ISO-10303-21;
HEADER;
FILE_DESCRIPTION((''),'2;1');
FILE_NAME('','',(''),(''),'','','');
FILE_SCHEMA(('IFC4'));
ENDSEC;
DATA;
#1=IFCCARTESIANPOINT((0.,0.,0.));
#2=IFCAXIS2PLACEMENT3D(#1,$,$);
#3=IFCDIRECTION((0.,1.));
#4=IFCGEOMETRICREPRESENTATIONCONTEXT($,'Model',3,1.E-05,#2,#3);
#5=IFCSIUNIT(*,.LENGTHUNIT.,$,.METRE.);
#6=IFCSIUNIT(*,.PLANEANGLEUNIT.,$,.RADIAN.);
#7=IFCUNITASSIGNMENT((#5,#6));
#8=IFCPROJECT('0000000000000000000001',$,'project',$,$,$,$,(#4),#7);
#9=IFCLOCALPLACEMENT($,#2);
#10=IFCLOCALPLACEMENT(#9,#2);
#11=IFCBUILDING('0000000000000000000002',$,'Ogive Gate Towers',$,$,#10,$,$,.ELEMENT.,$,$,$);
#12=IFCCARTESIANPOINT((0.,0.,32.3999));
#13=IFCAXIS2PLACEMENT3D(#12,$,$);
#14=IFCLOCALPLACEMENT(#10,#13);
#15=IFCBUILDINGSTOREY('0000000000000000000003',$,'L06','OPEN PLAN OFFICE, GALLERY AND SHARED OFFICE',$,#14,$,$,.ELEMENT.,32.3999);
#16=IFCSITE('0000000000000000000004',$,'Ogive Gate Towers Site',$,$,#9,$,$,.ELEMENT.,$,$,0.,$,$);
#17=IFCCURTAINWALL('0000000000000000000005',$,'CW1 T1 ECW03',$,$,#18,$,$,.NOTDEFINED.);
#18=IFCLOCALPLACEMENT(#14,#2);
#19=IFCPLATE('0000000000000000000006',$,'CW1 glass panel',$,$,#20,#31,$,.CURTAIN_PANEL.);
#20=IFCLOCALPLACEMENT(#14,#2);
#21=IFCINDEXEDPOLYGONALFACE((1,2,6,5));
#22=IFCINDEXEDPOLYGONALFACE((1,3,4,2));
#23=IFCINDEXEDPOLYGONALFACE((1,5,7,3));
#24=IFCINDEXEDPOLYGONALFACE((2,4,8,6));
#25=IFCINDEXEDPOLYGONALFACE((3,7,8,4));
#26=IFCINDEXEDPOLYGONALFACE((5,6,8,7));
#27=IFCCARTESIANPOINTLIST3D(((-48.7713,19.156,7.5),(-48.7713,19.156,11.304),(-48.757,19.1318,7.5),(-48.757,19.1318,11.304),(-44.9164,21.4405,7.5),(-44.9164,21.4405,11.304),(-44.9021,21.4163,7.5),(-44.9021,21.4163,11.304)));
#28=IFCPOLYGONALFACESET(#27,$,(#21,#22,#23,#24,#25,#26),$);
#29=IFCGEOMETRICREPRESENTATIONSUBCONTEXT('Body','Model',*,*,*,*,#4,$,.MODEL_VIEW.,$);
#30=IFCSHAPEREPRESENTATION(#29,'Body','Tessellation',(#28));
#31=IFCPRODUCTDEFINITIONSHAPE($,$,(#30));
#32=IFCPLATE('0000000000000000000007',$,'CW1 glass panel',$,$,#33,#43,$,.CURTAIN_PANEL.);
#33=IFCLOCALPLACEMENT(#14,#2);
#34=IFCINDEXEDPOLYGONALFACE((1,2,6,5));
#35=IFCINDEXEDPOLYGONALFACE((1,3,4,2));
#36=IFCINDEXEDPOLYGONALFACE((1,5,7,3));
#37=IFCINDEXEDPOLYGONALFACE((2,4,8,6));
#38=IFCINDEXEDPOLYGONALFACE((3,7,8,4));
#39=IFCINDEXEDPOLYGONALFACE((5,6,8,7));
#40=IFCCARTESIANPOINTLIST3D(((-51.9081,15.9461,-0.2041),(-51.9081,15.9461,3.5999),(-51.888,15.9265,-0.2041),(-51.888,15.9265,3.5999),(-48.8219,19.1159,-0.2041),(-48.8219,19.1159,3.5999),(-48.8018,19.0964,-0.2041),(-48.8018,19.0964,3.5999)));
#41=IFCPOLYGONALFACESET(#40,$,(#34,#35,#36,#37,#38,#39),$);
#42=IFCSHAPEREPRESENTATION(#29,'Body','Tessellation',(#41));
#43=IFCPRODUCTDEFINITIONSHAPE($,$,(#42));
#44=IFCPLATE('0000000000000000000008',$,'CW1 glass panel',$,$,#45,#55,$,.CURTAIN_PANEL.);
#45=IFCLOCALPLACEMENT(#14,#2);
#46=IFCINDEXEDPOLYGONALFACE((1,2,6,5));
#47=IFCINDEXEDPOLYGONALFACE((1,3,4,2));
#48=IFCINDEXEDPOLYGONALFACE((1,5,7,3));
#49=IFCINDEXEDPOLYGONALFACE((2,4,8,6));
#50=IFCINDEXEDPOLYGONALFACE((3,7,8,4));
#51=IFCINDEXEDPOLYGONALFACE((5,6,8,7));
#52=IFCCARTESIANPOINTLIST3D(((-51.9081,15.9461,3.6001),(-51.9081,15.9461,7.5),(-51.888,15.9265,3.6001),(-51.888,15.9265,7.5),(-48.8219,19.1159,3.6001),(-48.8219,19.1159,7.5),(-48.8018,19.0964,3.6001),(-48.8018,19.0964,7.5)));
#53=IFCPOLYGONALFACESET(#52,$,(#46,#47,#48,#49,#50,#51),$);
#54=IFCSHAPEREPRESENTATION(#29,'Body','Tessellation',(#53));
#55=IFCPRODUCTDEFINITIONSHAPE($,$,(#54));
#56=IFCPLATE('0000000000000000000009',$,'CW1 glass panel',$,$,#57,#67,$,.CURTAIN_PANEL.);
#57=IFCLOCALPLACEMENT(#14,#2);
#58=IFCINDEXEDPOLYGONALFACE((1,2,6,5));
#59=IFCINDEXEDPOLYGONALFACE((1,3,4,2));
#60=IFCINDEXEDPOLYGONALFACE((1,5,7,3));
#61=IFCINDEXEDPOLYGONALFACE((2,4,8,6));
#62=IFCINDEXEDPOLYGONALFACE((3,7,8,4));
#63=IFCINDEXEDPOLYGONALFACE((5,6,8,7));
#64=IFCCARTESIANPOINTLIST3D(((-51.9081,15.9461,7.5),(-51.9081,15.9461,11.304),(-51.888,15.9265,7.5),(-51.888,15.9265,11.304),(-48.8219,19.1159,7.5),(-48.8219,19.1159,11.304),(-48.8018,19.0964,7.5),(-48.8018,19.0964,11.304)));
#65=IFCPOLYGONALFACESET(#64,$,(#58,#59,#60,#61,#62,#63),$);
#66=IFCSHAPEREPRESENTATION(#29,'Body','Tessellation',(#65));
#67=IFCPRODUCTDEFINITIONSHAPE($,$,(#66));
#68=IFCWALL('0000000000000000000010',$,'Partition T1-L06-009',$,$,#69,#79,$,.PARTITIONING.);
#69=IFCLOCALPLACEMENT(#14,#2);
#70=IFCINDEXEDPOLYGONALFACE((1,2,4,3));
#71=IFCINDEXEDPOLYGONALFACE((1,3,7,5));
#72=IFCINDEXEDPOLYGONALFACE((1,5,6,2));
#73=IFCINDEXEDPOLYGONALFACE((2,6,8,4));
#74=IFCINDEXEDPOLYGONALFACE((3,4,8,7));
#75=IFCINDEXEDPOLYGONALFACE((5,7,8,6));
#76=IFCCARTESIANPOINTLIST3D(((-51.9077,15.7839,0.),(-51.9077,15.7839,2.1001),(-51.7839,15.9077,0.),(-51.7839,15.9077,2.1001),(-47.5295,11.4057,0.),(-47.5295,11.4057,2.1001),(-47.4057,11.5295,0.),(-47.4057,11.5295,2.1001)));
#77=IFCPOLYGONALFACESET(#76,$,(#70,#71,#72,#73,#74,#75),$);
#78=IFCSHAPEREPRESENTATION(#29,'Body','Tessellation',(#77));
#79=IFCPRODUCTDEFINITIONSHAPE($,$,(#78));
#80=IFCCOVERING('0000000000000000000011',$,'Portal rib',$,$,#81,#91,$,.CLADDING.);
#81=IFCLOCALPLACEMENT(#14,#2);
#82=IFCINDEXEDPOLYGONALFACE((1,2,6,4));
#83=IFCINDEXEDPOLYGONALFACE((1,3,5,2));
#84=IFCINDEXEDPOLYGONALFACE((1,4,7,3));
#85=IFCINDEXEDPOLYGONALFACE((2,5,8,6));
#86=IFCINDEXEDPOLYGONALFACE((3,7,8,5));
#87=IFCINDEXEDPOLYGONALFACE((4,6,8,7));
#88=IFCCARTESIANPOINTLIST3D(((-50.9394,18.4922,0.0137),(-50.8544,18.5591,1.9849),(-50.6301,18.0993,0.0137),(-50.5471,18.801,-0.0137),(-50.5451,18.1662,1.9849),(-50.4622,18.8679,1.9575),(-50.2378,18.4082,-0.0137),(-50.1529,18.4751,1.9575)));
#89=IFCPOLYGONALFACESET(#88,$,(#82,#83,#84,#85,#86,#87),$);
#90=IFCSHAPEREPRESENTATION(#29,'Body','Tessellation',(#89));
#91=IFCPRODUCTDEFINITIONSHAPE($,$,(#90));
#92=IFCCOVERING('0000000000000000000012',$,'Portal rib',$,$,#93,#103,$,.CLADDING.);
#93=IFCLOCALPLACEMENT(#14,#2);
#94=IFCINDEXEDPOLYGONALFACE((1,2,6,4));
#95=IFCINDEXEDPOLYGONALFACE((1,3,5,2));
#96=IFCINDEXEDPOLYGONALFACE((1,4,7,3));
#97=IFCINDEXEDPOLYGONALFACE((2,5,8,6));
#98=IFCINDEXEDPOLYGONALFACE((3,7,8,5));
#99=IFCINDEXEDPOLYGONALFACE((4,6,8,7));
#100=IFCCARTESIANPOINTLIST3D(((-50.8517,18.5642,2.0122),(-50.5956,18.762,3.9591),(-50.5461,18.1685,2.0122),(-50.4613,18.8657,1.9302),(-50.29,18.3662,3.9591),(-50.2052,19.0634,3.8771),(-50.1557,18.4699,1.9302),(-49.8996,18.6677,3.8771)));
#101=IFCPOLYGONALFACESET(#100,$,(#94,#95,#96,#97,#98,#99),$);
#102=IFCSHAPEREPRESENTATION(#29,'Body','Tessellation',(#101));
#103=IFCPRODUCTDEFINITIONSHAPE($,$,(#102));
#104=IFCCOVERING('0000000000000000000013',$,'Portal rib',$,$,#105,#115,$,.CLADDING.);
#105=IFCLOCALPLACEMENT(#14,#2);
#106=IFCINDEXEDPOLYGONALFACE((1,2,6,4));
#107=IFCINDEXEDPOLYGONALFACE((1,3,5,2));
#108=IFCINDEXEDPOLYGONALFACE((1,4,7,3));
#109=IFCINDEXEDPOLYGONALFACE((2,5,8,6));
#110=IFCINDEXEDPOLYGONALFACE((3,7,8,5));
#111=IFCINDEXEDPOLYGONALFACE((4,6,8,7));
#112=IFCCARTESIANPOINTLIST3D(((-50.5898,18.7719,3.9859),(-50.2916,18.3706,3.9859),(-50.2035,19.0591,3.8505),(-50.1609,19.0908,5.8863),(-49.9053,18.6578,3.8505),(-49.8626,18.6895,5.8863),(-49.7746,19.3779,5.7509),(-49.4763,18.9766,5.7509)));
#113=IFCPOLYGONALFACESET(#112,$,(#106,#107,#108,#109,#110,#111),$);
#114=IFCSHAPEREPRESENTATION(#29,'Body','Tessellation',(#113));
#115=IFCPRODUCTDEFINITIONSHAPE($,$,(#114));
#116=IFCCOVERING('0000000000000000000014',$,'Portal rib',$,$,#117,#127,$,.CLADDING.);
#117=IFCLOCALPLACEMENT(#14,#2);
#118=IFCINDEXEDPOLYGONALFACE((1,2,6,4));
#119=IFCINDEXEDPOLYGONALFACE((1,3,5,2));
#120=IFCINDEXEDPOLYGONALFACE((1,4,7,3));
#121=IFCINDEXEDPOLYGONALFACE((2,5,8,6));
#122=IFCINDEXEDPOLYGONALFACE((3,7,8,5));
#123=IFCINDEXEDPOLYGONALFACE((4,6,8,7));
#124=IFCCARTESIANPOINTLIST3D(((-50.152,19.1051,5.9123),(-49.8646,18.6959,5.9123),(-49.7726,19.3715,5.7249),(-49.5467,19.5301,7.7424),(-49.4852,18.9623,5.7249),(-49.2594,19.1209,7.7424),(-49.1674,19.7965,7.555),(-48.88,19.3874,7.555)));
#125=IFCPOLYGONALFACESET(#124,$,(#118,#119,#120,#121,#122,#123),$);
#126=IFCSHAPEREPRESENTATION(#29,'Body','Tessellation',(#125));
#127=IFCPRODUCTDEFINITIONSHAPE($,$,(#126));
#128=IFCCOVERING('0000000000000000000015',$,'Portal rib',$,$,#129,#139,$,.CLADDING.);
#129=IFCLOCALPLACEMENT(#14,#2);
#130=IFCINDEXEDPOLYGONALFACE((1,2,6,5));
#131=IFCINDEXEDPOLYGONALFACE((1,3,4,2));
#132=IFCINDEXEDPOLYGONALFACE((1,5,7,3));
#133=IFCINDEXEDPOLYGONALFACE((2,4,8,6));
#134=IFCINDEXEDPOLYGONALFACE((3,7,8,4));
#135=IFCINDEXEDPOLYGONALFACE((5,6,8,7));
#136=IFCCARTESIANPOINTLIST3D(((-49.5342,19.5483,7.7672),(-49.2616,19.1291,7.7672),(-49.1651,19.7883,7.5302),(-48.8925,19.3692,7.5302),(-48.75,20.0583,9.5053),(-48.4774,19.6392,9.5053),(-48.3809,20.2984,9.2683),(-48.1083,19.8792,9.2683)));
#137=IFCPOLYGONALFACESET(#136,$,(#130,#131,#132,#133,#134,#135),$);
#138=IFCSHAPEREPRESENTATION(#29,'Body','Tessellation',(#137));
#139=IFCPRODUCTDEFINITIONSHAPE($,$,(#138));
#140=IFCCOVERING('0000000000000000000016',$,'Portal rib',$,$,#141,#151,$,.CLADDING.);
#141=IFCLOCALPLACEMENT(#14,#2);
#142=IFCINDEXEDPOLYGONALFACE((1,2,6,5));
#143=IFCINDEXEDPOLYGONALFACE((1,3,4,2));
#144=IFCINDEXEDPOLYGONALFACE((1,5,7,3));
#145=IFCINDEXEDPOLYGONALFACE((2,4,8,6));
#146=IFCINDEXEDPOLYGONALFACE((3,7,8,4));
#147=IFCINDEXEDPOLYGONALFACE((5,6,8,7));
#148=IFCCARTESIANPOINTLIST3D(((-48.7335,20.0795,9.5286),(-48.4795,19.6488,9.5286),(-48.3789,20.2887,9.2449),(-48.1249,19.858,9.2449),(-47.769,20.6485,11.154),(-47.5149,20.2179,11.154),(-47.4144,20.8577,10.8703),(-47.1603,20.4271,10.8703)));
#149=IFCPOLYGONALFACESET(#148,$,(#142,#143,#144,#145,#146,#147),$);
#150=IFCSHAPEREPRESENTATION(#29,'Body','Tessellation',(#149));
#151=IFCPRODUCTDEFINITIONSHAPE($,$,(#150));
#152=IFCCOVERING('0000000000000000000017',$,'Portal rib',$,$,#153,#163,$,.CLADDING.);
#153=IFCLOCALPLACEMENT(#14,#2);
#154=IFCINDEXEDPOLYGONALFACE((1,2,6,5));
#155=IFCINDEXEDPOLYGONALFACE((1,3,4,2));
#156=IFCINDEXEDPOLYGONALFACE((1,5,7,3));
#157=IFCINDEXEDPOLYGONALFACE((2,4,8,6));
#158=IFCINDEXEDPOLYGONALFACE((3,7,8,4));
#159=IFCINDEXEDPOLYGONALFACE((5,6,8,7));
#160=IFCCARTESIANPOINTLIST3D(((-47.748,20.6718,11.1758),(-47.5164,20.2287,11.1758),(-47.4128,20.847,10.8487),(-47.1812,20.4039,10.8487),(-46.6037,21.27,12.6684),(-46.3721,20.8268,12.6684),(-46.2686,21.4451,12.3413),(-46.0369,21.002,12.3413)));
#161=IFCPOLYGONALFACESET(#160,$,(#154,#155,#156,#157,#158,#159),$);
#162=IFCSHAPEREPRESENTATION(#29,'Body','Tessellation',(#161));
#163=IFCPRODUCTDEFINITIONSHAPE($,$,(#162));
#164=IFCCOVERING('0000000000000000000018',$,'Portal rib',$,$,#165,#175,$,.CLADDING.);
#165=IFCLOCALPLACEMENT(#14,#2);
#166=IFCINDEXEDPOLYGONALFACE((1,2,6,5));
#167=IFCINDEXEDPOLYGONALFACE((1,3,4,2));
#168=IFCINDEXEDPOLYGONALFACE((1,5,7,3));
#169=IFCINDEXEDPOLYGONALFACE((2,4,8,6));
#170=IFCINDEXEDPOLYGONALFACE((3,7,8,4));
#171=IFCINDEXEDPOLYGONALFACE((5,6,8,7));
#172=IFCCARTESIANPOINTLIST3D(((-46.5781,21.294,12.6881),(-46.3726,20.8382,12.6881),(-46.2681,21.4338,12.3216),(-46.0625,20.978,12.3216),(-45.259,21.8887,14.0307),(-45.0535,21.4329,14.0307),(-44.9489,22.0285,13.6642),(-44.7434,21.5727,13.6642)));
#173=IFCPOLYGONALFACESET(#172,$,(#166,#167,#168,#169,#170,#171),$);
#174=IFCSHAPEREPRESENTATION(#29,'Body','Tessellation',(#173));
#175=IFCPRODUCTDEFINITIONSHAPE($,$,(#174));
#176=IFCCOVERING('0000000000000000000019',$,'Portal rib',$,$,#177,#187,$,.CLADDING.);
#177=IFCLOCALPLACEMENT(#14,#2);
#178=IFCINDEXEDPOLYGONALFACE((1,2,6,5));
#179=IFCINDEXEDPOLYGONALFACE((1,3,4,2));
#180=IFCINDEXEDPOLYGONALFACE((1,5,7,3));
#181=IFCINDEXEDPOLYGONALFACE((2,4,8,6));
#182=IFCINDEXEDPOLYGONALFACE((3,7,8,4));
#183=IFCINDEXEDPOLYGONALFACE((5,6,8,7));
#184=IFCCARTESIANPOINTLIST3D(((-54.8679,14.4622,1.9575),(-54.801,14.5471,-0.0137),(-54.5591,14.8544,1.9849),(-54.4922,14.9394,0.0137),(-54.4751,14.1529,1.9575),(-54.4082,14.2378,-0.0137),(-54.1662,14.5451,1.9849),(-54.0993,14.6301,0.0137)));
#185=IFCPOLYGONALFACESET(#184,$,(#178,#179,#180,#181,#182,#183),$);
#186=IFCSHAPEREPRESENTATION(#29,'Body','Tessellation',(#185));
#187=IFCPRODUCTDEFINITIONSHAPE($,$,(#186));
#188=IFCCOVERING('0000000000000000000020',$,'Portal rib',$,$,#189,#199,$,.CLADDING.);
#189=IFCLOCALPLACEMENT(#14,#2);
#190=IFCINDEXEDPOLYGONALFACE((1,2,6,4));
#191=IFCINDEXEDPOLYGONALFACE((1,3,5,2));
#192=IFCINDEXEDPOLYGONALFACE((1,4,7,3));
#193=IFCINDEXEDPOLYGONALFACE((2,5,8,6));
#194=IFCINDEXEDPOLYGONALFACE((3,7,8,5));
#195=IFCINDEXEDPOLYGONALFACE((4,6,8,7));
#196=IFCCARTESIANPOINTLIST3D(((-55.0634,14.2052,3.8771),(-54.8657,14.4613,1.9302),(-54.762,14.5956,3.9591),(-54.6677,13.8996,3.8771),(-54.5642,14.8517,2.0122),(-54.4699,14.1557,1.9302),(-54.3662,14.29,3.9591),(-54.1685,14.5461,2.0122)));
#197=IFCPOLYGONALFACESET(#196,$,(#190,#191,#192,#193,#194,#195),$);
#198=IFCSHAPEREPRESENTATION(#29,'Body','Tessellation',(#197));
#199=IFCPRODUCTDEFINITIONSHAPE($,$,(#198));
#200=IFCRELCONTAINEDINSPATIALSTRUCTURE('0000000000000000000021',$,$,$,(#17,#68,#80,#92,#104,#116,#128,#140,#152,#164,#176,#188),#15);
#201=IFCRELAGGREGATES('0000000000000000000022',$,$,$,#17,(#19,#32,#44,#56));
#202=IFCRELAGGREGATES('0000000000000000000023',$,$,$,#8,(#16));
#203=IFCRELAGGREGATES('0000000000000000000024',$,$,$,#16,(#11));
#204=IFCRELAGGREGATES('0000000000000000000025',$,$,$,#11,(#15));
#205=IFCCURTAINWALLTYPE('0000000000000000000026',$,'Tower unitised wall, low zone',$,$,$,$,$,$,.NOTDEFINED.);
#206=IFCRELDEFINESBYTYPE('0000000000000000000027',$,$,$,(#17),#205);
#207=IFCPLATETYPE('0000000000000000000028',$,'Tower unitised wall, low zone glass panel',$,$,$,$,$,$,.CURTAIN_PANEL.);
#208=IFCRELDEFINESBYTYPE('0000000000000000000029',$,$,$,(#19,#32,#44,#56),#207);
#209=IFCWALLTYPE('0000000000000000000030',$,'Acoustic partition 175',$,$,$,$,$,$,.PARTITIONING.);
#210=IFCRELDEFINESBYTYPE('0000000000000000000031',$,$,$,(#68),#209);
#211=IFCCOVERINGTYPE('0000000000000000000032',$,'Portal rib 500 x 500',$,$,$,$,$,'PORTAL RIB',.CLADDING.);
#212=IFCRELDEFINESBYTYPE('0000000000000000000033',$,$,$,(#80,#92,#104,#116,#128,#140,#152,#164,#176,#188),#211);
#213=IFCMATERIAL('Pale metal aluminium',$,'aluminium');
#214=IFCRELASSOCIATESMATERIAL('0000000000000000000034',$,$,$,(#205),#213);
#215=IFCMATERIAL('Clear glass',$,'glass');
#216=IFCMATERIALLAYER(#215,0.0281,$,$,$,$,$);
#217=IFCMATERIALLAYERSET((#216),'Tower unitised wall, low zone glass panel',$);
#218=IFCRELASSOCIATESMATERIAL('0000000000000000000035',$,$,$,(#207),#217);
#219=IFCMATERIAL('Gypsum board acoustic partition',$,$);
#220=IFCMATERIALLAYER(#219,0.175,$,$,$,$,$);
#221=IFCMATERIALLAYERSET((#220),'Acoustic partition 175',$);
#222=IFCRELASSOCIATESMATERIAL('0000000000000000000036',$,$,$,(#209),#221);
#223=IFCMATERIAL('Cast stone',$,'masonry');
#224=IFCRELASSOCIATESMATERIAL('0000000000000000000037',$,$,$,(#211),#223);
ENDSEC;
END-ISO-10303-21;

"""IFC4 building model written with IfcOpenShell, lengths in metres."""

from ifc_helpers import new_model, si_unit, direction, frame, frame_2d, origin, origin_2d, place, context, subcontext, project, spatial, rectangle, extrude, material, layer, layer_set, material_profile, profile_set, type_object, element, aggregate, save


model = new_model("IFC4")

# Units and contexts
model_context = context("Model", 3, precision=1e-05, world=origin(), true_north=direction((0.0, 1.0)))
body_context = subcontext(model_context, "Body", "Model", "MODEL_VIEW")
ifc_project = project(units=[si_unit("LENGTHUNIT", "METRE"), si_unit("PLANEANGLEUNIT", "RADIAN")], contexts=[model_context])

# Site, building, storey
site_placement = place(None, origin())
site = spatial("IfcSite", under=ifc_project, at=site_placement, Name="Ogive Gate Towers Site", CompositionType="ELEMENT", RefElevation=0.0)
building_placement = place(site_placement, origin())
building = spatial("IfcBuilding", under=site, at=building_placement, Name="Ogive Gate Towers", CompositionType="ELEMENT")
storey_placement = place(building_placement, frame((0.0, 0.0, 32.3999)))
storey = spatial("IfcBuildingStorey", under=building, at=storey_placement, Name="L06", Description="OPEN PLAN OFFICE, GALLERY AND SHARED OFFICE", CompositionType="ELEMENT", Elevation=32.3999)

# Curtain wall
ifc_material_1 = material(Name="Pale metal aluminium", Category="aluminium")
curtain_wall_type = type_object("IfcCurtainWallType", Name="Tower unitised wall, low zone", PredefinedType="NOTDEFINED", material=ifc_material_1)
curtain_wall_1_placement = place(storey_placement, origin())
curtain_wall_1 = element("IfcCurtainWall", 1, at=curtain_wall_1_placement, inside=storey, type_object=curtain_wall_type, Name="CW1 T1 ECW03", PredefinedType="NOTDEFINED")

# Plates
ifc_material_2 = material(Name="Clear glass", Category="glass")
ifc_layer_1 = layer(ifc_material_2, 0.0281)
ifc_layer_set_1 = layer_set([ifc_layer_1], Name="Tower unitised wall, low zone glass panel")
plate_type = type_object("IfcPlateType", Name="Tower unitised wall, low zone glass panel", PredefinedType="CURTAIN_PANEL", material=ifc_layer_set_1)
plate_1_placement = place(storey_placement, frame((-46.8367, 20.2861, 7.5), z_axis=(0.0, 0.0, 1.0), x_axis=(-0.86028, -0.509822, 0.0)))
plate_1 = element("IfcPlate", 2, at=plate_1_placement, type_object=plate_type, Name="CW1 glass panel", PredefinedType="CURTAIN_PANEL", context=body_context, shape_type="SweptSolid", body=[
    extrude(rectangle(XDim=4.481, YDim=0.0281, at=origin_2d()), origin(), (0.0, 0.0, 1.0), 3.804),
])
plate_2_placement = place(storey_placement, frame((-50.355, 17.5212, -0.2041), z_axis=(0.0, 0.0, 1.0), x_axis=(-0.69759, -0.716497, 0.0)))
plate_2 = element("IfcPlate", 3, at=plate_2_placement, type_object=plate_type, Name="CW1 glass panel", PredefinedType="CURTAIN_PANEL", context=body_context, shape_type="SweptSolid", body=[
    extrude(rectangle(XDim=4.4241, YDim=0.0281, at=origin_2d()), origin(), (0.0, 0.0, 1.0), 3.804),
])
plate_3_placement = place(storey_placement, frame((-50.355, 17.5212, 3.6001), z_axis=(0.0, 0.0, 1.0), x_axis=(-0.69759, -0.716497, 0.0)))
plate_3 = element("IfcPlate", 4, at=plate_3_placement, type_object=plate_type, Name="CW1 glass panel", PredefinedType="CURTAIN_PANEL", context=body_context, shape_type="SweptSolid", body=[
    extrude(rectangle(XDim=4.4241, YDim=0.0281, at=origin_2d()), origin(), (0.0, 0.0, 1.0), 3.8999),
])
plate_4_placement = place(storey_placement, frame((-50.355, 17.5212, 7.5), z_axis=(0.0, 0.0, 1.0), x_axis=(-0.69759, -0.716497, 0.0)))
plate_4 = element("IfcPlate", 5, at=plate_4_placement, type_object=plate_type, Name="CW1 glass panel", PredefinedType="CURTAIN_PANEL", context=body_context, shape_type="SweptSolid", body=[
    extrude(rectangle(XDim=4.4241, YDim=0.0281, at=origin_2d()), origin(), (0.0, 0.0, 1.0), 3.804),
])
aggregate(curtain_wall_1, [plate_1, plate_2, plate_3, plate_4])

# Wall
ifc_material_3 = material(Name="Gypsum board acoustic partition")
ifc_layer_2 = layer(ifc_material_3, 0.175)
ifc_layer_set_2 = layer_set([ifc_layer_2], Name="Acoustic partition 175")
wall_type = type_object("IfcWallType", Name="Acoustic partition 175", PredefinedType="PARTITIONING", material=ifc_layer_set_2)
wall_placement = place(storey_placement, frame((-51.8457, 15.8457, 0.0), z_axis=(0.0, 0.0, 1.0), x_axis=(0.707107, -0.707107, 0.0)))
element("IfcWall", 6, at=wall_placement, inside=storey, type_object=wall_type, Name="Partition T1-L06-009", PredefinedType="PARTITIONING", context=body_context, shape_type="SweptSolid", body=[
    extrude(rectangle(XDim=6.1917, YDim=0.175, at=frame_2d((3.0957, 0.0))), origin(), (0.0, 0.0, 1.0), 2.1001),
])

# Coverings
ifc_material_4 = material(Name="Cast stone", Category="masonry")
ifc_material_profile_1 = material_profile(ifc_material_4, rectangle(XDim=0.5, YDim=0.5, at=origin_2d()), Name="500 x 500 cast stone")
ifc_profile_set_1 = profile_set([ifc_material_profile_1], Name="Cast stone")
covering_type = type_object("IfcCoveringType", Name="Portal rib 500 x 500", ElementType="PORTAL RIB", PredefinedType="CLADDING", material=ifc_profile_set_1)
covering_1_placement = place(storey_placement, frame((-50.5886, 18.4502, 0.0), z_axis=(0.043037, 0.033885, 0.998499), x_axis=(-0.618619, 0.785691, 0.0)))
element("IfcCovering", 7, at=covering_1_placement, inside=storey, type_object=covering_type, Name="Portal rib", PredefinedType="CLADDING", context=body_context, shape_type="SweptSolid", body=[
    extrude(rectangle(XDim=0.5, YDim=0.5, at=origin_2d()), origin(), (0.0, 0.0, 1.0), 1.9741),
])
covering_2_placement = place(storey_placement, frame((-50.5037, 18.5171, 1.9712), z_axis=(0.129756, 0.100193, 0.986471), x_axis=(-0.611168, 0.791501, 0.0)))
element("IfcCovering", 8, at=covering_2_placement, inside=storey, type_object=covering_type, Name="Portal rib", PredefinedType="CLADDING", context=body_context, shape_type="SweptSolid", body=[
    extrude(rectangle(XDim=0.5, YDim=0.5, at=origin_2d()), origin(), (0.0, 0.0, 1.0), 1.9736),
])
covering_3_placement = place(storey_placement, frame((-50.2476, 18.7148, 3.9182), z_axis=(0.217289, 0.161514, 0.962652), x_axis=(-0.596559, 0.802569, 0.0)))
element("IfcCovering", 9, at=covering_3_placement, inside=storey, type_object=covering_type, Name="Portal rib", PredefinedType="CLADDING", context=body_context, shape_type="SweptSolid", body=[
    extrude(rectangle(XDim=0.5, YDim=0.5, at=origin_2d()), origin(), (0.0, 0.0, 1.0), 1.9741),
])
for number, where, z_axis, x_axis, name in (
    (10, (-49.8186, 19.0337, 5.8186), (0.306619, 0.215338, 0.927154), (-0.574725, 0.818347, 0.0), "Portal rib"),
    (11, (-49.2134, 19.4587, 7.6487), (0.397298, 0.258392, 0.880561), (-0.545208, 0.8383, 0.0), "Portal rib"),
    (12, (-48.4292, 19.9688, 9.3867), (0.488661, 0.288299, 0.823464), (-0.508134, 0.861278, 0.0), "Portal rib"),
):
    element("IfcCovering", number, at=place(storey_placement, frame(where, z_axis=z_axis, x_axis=x_axis)), inside=storey, type_object=covering_type, Name=name, PredefinedType="CLADDING", context=body_context, shape_type="SweptSolid", body=[
        extrude(rectangle(XDim=0.5, YDim=0.5, at=origin_2d()), origin(), (0.0, 0.0, 1.0), 1.9739),
    ])
covering_4_placement = place(storey_placement, frame((-47.4646, 20.5378, 11.0122), z_axis=(0.579785, 0.303067, 0.756306), x_axis=(-0.463251, 0.886227, 0.0)))
element("IfcCovering", 13, at=covering_4_placement, inside=storey, type_object=covering_type, Name="Portal rib", PredefinedType="CLADDING", context=body_context, shape_type="SweptSolid", body=[
    extrude(rectangle(XDim=0.5, YDim=0.5, at=origin_2d()), origin(), (0.0, 0.0, 1.0), 1.9736),
])
covering_5_placement = place(storey_placement, frame((-46.3203, 21.136, 12.5049), z_axis=(0.668283, 0.301303, 0.680157), x_axis=(-0.411017, 0.911628, 0.0)))
element("IfcCovering", 14, at=covering_5_placement, inside=storey, type_object=covering_type, Name="Portal rib", PredefinedType="CLADDING", context=body_context, shape_type="SweptSolid", body=[
    extrude(rectangle(XDim=0.5, YDim=0.5, at=origin_2d()), origin(), (0.0, 0.0, 1.0), 1.9739),
])
covering_6_placement = place(storey_placement, frame((-54.4502, 14.5886, 0.0), z_axis=(-0.033885, -0.043037, 0.998499), x_axis=(0.785691, -0.618619, 0.0)))
element("IfcCovering", 15, at=covering_6_placement, inside=storey, type_object=covering_type, Name="Portal rib", PredefinedType="CLADDING", context=body_context, shape_type="SweptSolid", body=[
    extrude(rectangle(XDim=0.5, YDim=0.5, at=origin_2d()), origin(), (0.0, 0.0, 1.0), 1.9741),
])
covering_7_placement = place(storey_placement, frame((-54.5171, 14.5037, 1.9712), z_axis=(-0.100193, -0.129756, 0.986471), x_axis=(0.791501, -0.611168, 0.0)))
element("IfcCovering", 16, at=covering_7_placement, inside=storey, type_object=covering_type, Name="Portal rib", PredefinedType="CLADDING", context=body_context, shape_type="SweptSolid", body=[
    extrude(rectangle(XDim=0.5, YDim=0.5, at=origin_2d()), origin(), (0.0, 0.0, 1.0), 1.9736),
])

save(model, "model.ifc")
